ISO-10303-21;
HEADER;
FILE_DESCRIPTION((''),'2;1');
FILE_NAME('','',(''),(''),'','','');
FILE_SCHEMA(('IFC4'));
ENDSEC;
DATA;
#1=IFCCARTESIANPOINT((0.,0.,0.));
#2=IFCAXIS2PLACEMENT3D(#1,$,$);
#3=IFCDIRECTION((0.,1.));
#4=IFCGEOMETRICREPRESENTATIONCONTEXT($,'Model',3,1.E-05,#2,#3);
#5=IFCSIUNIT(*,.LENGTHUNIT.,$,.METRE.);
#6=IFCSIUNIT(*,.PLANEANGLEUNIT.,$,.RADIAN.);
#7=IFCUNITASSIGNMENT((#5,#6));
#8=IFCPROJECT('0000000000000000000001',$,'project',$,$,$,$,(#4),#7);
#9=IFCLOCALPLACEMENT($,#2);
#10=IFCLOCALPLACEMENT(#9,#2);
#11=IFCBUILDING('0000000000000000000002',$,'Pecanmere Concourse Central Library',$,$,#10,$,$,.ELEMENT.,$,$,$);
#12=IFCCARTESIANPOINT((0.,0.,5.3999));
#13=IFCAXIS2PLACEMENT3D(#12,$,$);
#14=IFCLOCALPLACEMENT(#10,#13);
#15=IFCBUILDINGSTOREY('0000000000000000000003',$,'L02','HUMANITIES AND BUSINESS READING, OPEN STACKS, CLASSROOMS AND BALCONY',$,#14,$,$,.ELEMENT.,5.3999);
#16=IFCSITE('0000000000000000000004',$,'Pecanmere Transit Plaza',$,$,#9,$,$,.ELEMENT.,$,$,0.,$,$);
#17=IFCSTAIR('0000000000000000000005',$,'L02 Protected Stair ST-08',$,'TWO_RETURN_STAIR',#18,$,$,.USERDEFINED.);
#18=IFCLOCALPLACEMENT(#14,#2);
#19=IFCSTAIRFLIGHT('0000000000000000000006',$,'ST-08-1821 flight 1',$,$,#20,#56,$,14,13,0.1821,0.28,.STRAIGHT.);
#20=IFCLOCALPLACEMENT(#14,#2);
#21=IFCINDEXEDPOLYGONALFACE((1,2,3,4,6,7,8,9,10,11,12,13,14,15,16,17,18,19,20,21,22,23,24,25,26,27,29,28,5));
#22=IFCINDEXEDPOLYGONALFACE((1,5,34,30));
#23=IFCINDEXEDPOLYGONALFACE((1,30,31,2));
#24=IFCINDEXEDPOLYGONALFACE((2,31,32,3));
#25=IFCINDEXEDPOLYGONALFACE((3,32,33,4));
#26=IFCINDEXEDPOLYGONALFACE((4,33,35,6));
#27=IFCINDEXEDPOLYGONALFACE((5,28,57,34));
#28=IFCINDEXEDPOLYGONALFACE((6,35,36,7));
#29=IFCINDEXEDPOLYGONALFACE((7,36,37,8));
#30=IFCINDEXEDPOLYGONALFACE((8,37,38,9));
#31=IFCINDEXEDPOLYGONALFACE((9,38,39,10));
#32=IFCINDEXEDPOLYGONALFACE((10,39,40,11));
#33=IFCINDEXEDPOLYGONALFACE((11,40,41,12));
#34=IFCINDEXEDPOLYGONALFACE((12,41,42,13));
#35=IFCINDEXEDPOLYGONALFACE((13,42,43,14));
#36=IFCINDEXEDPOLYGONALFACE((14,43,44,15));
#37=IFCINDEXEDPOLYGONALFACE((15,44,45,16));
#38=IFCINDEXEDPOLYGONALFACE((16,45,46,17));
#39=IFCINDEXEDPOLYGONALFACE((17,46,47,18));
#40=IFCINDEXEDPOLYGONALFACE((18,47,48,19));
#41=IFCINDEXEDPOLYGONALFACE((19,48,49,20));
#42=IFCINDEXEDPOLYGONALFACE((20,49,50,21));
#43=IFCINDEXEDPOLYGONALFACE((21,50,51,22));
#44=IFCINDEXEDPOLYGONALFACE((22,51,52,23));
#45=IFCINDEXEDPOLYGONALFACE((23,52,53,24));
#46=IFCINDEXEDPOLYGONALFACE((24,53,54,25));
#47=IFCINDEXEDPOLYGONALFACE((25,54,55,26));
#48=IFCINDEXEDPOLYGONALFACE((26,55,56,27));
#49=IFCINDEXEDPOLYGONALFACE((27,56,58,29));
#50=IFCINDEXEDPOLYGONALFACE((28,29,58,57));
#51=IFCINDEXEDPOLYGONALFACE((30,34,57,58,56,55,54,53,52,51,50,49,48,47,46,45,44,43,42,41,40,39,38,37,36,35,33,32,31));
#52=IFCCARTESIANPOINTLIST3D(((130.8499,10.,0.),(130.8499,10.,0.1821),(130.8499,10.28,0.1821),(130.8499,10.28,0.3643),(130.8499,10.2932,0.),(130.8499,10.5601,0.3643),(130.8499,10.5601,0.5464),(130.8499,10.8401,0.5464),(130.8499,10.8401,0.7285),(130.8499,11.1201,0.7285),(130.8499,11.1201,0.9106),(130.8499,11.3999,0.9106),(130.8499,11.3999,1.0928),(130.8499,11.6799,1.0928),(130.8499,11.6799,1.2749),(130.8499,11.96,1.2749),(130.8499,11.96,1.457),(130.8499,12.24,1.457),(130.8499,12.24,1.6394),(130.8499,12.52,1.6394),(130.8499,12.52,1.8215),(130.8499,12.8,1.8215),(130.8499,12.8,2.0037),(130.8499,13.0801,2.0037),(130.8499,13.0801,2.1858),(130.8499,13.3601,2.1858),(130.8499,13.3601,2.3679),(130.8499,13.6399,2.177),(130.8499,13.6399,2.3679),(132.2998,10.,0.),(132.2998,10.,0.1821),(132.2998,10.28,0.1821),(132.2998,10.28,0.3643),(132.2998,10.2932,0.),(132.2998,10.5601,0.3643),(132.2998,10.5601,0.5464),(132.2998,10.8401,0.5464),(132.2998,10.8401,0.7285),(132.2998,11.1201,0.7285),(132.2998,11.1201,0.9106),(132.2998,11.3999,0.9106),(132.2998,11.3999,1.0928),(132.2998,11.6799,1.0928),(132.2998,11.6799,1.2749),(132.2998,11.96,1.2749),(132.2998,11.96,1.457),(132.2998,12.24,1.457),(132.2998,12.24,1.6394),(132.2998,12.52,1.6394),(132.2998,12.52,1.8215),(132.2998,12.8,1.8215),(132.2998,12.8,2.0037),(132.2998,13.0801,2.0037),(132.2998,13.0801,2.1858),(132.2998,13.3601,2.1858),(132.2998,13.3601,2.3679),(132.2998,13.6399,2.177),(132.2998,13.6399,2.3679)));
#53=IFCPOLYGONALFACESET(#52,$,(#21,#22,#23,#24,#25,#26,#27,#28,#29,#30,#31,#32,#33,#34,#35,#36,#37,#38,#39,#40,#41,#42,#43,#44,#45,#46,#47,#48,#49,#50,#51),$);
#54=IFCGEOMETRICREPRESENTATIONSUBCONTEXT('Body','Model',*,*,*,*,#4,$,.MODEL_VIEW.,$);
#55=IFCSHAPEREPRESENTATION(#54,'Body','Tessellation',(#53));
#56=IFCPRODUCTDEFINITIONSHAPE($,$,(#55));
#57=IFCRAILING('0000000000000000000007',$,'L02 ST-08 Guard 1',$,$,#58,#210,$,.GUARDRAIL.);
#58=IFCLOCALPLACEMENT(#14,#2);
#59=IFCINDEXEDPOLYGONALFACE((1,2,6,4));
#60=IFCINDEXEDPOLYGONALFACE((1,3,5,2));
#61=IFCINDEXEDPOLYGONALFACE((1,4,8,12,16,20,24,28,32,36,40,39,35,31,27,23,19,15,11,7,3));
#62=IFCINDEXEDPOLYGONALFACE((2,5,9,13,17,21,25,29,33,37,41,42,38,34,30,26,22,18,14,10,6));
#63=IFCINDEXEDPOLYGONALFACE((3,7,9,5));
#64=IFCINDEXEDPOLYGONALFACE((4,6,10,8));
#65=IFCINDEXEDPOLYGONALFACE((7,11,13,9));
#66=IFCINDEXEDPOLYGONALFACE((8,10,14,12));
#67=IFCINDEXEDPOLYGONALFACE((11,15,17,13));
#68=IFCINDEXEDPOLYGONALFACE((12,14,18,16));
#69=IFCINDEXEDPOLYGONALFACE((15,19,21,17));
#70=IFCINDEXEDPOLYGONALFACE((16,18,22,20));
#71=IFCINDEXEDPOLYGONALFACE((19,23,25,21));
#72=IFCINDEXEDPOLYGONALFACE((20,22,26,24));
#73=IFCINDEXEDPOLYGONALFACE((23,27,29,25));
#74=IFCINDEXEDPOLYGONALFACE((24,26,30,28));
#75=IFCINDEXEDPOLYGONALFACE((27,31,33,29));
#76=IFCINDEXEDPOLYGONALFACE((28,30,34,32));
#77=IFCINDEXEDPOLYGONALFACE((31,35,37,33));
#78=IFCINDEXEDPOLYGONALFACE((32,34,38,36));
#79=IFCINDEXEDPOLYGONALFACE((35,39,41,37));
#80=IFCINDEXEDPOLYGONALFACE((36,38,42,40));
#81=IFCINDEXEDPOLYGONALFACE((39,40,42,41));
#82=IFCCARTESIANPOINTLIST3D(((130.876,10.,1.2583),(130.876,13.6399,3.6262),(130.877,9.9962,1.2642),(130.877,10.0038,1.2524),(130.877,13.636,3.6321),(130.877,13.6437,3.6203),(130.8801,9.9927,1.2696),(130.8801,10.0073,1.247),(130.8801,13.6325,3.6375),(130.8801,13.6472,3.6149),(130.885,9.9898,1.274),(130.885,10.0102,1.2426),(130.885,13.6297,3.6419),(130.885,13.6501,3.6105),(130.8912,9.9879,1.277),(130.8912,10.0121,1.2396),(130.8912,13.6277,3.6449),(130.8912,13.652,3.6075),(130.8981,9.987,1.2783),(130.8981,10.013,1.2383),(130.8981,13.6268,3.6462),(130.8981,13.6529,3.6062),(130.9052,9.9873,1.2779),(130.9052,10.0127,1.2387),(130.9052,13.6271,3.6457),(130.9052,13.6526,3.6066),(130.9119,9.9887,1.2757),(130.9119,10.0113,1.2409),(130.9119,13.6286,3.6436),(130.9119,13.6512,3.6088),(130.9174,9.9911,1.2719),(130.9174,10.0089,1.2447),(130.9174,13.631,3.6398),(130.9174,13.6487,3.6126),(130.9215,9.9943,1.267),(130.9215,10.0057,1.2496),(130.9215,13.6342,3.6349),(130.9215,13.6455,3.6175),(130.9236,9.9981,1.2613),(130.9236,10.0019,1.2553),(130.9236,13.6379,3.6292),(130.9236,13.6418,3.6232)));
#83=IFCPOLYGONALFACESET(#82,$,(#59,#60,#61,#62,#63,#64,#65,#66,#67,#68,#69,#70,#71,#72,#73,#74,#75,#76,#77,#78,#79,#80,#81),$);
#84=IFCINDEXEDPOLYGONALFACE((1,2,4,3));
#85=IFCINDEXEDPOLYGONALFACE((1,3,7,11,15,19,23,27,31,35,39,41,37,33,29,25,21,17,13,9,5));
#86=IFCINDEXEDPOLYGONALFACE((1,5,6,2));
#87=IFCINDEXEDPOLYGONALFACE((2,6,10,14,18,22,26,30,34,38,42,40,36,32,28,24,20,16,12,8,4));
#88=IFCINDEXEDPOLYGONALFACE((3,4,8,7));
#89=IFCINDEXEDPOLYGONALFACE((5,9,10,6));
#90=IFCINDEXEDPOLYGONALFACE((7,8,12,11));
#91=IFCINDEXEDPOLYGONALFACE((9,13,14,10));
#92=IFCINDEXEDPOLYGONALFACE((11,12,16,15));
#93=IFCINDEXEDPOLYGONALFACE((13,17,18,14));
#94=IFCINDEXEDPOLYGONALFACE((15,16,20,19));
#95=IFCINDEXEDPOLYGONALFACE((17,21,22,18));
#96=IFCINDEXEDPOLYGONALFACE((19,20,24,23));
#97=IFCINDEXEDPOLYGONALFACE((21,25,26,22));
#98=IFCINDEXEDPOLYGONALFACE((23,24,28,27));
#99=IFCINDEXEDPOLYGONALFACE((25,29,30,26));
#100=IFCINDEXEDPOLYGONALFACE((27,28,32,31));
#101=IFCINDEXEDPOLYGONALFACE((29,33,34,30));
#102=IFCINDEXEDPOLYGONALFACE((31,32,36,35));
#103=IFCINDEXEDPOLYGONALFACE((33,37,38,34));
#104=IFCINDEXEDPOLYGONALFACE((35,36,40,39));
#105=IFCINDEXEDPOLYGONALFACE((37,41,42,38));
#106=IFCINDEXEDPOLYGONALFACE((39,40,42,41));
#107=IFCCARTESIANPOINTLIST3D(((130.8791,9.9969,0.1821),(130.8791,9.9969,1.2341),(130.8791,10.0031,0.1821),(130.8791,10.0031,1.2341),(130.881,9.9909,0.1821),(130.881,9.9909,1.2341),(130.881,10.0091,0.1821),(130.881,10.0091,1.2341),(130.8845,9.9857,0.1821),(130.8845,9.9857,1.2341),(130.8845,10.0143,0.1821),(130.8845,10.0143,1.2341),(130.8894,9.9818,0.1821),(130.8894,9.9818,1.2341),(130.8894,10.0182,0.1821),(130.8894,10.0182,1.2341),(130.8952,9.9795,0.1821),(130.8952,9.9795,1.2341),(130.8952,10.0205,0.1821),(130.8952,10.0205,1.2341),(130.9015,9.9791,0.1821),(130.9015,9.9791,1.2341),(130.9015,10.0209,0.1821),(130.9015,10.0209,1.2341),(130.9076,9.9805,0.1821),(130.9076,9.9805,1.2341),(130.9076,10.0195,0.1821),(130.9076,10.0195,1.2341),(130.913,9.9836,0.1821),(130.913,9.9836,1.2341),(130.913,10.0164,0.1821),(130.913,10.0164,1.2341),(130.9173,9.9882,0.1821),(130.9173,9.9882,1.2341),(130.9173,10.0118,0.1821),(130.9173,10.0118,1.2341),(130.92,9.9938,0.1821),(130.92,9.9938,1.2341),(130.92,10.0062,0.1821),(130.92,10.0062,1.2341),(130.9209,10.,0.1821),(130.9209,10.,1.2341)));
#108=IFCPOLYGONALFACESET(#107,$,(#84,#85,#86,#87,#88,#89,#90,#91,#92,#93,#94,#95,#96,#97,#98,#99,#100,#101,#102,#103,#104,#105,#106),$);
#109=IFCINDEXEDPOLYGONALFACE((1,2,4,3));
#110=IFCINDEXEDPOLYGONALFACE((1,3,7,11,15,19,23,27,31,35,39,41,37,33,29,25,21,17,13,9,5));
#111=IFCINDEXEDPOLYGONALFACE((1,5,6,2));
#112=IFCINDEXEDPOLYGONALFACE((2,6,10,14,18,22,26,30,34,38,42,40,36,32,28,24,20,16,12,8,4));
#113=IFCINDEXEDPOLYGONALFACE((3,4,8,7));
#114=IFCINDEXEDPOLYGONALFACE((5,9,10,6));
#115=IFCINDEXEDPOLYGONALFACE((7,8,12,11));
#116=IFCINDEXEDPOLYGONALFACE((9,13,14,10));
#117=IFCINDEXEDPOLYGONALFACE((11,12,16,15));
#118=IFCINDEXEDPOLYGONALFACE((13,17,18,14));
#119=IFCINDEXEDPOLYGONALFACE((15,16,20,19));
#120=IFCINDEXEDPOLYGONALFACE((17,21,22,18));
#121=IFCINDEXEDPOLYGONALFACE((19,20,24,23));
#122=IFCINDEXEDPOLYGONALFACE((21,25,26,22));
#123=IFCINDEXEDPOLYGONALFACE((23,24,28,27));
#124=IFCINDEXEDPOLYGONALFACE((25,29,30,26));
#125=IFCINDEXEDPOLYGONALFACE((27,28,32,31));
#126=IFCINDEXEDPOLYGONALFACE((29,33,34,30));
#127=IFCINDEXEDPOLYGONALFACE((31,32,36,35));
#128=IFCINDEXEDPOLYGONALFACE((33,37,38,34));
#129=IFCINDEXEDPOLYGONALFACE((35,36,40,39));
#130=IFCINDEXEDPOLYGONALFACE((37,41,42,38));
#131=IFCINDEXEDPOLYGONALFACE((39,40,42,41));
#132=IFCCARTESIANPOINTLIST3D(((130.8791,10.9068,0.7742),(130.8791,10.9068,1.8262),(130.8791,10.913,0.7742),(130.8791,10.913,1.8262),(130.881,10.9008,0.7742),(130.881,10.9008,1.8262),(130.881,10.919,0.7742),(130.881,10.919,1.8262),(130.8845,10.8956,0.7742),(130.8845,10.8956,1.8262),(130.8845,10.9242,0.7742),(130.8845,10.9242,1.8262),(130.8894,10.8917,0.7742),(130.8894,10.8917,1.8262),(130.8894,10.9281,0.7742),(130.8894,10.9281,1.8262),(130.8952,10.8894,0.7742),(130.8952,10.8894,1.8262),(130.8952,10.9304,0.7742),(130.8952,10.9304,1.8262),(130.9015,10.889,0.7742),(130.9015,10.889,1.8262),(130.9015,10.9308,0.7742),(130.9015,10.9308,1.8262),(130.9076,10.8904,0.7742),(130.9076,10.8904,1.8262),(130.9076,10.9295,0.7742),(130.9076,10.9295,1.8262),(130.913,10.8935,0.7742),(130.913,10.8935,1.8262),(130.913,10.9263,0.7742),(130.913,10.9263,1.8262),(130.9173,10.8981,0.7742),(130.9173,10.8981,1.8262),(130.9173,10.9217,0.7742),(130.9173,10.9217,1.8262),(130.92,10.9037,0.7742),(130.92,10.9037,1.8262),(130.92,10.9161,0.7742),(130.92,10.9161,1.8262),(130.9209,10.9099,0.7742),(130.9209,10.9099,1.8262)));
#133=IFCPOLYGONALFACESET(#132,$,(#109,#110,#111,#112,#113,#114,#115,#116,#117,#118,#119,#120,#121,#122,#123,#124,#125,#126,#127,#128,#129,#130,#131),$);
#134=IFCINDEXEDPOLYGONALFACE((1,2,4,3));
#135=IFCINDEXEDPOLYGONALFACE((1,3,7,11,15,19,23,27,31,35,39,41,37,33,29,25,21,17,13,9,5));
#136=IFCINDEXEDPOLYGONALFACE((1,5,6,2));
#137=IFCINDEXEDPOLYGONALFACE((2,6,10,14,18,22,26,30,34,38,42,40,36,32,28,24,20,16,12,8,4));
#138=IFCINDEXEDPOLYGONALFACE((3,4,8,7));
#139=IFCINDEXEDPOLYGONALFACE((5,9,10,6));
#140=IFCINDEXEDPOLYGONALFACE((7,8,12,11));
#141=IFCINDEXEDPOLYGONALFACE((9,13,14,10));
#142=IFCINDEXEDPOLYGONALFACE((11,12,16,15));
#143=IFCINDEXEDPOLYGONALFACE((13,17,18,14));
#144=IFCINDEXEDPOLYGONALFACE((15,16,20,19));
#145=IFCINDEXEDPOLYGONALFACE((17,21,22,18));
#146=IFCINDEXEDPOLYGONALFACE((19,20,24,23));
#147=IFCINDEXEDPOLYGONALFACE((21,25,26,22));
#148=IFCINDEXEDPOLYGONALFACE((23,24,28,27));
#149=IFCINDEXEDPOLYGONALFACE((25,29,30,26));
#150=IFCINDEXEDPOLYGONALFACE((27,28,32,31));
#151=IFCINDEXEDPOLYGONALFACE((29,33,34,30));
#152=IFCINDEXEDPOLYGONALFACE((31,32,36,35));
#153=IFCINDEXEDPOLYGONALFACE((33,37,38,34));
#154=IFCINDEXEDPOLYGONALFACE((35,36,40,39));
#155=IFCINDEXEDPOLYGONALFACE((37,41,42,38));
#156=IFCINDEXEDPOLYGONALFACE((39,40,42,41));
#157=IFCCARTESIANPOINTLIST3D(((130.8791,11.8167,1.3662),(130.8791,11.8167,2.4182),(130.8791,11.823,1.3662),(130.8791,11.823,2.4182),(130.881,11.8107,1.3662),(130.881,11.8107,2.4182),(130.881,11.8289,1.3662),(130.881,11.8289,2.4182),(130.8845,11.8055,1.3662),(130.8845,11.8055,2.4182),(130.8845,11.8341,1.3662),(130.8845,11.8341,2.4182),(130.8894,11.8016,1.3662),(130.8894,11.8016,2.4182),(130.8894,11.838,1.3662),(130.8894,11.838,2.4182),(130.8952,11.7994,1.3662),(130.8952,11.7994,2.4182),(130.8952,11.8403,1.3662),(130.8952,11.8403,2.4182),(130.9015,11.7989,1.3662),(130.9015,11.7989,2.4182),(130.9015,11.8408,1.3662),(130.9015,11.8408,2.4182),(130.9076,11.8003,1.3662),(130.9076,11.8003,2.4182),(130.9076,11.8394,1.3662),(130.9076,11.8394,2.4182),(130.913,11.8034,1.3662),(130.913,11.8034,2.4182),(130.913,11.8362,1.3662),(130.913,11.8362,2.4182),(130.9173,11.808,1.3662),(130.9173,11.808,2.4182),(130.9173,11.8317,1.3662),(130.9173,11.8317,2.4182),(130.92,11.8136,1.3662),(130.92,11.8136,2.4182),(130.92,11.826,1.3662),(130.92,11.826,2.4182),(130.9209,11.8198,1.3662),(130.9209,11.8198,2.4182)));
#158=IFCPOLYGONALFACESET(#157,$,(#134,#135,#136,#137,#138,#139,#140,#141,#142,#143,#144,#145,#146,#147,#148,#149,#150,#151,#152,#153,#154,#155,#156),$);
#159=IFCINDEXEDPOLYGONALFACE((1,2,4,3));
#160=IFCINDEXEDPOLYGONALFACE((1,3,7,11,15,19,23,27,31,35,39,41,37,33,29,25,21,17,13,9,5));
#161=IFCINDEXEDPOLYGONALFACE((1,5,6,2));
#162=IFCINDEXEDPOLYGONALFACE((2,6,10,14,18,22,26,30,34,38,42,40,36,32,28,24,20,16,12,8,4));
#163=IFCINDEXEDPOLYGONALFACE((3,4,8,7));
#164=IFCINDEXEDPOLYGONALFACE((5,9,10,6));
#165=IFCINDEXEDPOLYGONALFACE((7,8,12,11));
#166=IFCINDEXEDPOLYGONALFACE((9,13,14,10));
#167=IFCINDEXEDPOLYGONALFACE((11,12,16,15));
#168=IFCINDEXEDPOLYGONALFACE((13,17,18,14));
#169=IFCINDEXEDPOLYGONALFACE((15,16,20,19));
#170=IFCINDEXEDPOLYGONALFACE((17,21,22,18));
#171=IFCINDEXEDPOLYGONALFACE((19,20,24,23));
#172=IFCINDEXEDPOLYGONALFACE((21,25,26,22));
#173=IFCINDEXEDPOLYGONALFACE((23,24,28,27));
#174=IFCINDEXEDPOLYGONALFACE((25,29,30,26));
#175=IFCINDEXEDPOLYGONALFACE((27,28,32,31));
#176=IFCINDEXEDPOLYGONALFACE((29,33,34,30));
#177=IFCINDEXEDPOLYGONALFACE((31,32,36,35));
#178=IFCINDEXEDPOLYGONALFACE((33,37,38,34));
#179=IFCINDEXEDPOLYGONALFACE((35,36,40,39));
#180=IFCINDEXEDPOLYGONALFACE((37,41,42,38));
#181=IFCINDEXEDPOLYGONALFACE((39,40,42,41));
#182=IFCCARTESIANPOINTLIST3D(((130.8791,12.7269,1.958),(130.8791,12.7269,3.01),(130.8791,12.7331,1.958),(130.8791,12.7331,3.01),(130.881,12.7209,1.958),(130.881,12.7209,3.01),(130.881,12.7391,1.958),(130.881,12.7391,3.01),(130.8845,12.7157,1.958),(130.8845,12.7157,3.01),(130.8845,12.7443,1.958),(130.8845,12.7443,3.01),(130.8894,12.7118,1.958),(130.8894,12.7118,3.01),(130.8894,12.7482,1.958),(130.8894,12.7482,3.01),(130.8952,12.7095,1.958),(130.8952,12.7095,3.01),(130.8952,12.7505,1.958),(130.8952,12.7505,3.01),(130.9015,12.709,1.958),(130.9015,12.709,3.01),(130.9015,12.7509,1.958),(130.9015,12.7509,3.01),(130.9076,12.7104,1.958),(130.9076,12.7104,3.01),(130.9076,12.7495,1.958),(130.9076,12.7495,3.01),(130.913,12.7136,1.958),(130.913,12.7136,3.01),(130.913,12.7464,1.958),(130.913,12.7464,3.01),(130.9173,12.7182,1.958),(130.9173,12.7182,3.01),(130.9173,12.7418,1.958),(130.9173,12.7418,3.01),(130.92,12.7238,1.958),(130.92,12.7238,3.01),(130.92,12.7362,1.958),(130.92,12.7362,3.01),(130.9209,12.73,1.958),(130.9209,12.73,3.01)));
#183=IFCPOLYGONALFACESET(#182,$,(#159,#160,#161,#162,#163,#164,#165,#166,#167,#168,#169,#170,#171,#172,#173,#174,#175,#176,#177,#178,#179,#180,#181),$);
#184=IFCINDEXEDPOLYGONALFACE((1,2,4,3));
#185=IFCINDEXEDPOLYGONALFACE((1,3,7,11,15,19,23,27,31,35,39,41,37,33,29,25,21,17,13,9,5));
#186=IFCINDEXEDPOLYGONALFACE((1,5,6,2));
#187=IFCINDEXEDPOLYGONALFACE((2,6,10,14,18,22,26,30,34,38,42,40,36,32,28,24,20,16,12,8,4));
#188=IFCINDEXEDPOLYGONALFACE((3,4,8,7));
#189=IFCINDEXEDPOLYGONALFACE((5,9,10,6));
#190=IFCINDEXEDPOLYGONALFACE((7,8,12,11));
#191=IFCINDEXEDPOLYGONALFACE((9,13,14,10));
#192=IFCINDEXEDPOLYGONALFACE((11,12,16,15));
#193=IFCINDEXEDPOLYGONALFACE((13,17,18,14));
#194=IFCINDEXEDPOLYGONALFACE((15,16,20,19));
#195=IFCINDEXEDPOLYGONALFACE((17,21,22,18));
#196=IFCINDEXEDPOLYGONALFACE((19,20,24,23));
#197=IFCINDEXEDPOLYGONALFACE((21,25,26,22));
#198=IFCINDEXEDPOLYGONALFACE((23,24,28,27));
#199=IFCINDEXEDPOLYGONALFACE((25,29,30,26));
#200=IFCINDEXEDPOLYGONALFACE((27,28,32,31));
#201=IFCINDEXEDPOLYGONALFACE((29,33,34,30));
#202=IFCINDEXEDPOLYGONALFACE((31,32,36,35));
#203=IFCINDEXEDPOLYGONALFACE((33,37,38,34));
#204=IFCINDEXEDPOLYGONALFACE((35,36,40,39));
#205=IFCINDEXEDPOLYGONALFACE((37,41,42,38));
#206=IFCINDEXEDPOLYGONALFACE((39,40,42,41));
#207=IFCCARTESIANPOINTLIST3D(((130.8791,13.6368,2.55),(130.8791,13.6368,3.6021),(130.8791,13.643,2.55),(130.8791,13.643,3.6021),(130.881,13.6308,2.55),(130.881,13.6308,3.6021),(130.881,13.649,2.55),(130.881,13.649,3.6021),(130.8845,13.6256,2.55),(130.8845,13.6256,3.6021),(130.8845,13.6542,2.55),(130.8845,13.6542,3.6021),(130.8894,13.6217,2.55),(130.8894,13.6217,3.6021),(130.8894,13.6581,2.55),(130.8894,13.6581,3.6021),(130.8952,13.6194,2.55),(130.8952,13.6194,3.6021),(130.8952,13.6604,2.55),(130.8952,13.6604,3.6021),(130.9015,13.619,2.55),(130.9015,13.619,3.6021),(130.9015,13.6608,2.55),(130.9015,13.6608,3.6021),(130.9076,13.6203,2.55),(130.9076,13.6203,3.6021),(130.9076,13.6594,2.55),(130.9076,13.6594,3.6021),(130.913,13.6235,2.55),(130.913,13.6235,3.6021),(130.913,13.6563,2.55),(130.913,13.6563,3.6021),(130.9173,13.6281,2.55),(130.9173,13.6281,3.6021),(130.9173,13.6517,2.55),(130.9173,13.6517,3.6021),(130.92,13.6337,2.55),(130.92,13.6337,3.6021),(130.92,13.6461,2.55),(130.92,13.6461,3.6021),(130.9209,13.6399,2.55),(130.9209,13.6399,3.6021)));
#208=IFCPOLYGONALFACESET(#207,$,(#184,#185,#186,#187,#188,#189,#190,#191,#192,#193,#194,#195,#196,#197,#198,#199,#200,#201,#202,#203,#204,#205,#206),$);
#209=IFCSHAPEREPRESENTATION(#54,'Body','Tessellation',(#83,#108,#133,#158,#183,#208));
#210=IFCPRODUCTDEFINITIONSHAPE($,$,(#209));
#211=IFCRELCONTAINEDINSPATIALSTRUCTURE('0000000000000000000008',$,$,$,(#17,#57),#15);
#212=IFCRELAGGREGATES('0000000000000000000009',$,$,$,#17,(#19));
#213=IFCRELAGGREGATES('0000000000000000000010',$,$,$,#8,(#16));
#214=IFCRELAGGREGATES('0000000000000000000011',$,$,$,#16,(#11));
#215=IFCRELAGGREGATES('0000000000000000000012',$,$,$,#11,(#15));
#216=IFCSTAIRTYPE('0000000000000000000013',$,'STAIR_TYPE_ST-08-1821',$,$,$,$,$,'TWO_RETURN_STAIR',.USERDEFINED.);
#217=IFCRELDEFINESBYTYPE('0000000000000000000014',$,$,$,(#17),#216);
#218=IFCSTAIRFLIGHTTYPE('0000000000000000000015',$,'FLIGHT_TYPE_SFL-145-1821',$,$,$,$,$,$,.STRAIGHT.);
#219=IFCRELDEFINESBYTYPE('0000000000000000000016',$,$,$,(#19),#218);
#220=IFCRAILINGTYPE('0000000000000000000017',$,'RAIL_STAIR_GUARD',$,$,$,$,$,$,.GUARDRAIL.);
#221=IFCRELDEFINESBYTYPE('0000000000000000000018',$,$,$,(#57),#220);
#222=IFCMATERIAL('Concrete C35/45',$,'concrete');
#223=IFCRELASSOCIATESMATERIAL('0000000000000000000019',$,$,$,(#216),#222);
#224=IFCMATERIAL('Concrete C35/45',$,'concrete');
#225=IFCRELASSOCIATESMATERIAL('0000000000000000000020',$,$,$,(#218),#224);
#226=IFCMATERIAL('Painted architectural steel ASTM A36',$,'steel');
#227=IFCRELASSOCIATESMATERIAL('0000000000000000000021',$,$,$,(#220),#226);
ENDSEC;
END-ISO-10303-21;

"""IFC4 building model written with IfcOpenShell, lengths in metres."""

from ifc_helpers import new_model, si_unit, direction, frame, origin, origin_2d, place, context, subcontext, project, spatial, polyline, circle, outline, extrude, material, type_object, element, aggregate, save


model = new_model("IFC4")

# Units and contexts
model_context = context("Model", 3, precision=1e-05, world=origin(), true_north=direction((0.0, 1.0)))
body_context = subcontext(model_context, "Body", "Model", "MODEL_VIEW")
ifc_project = project(units=[si_unit("LENGTHUNIT", "METRE"), si_unit("PLANEANGLEUNIT", "RADIAN")], contexts=[model_context])

# Site, building, storey
site_placement = place(None, origin())
site = spatial("IfcSite", under=ifc_project, at=site_placement, Name="Pecanmere Transit Plaza", CompositionType="ELEMENT", RefElevation=0.0)
building_placement = place(site_placement, origin())
building = spatial("IfcBuilding", under=site, at=building_placement, Name="Pecanmere Concourse Central Library", CompositionType="ELEMENT")
storey_placement = place(building_placement, frame((0.0, 0.0, 5.3999)))
storey = spatial("IfcBuildingStorey", under=building, at=storey_placement, Name="L02", Description="HUMANITIES AND BUSINESS READING, OPEN STACKS, CLASSROOMS AND BALCONY", CompositionType="ELEMENT", Elevation=5.3999)

# Stair, stair flight
ifc_material_1 = material(Name="Concrete C35/45", Category="concrete")
stair_type = type_object("IfcStairType", Name="STAIR_TYPE_ST-08-1821", ElementType="TWO_RETURN_STAIR", PredefinedType="USERDEFINED", material=ifc_material_1)
stair_placement = place(storey_placement, origin())
stair = element("IfcStair", 1, at=stair_placement, inside=storey, type_object=stair_type, Name="L02 Protected Stair ST-08", ObjectType="TWO_RETURN_STAIR", PredefinedType="USERDEFINED")
ifc_material_2 = material(Name="Concrete C35/45", Category="concrete")
stair_flight_type = type_object("IfcStairFlightType", Name="FLIGHT_TYPE_SFL-145-1821", PredefinedType="STRAIGHT", material=ifc_material_2)
stair_flight_placement = place(storey_placement, frame((131.575, 10.0, 0.0), z_axis=(0.0, 0.0, 1.0), x_axis=(0.0, 1.0, 0.0)))
stair_flight = element("IfcStairFlight", 2, at=stair_flight_placement, type_object=stair_flight_type, Name="ST-08-1821 flight 1", NumberOfRisers=14, NumberOfTreads=13, PredefinedType="STRAIGHT", RiserHeight=0.1821, TreadLength=0.28, context=body_context, shape_type="SweptSolid", body=[
    extrude(outline(polyline([(0.0, 0.0), (0.0, 0.1821), (0.28, 0.1821), (0.28, 0.3643), (0.5601, 0.3643), (0.5601, 0.5464), (0.8401, 0.5464), (0.8401, 0.7285), (1.1201, 0.7285), (1.1201, 0.9106), (1.3999, 0.9106), (1.3999, 1.0928), (1.6799, 1.0928), (1.6799, 1.2749), (1.96, 1.2749), (1.96, 1.457), (2.24, 1.457), (2.24, 1.6394), (2.52, 1.6394), (2.52, 1.8215), (2.8, 1.8215), (2.8, 2.0037), (3.0801, 2.0037), (3.0801, 2.1858), (3.3601, 2.1858), (3.3601, 2.3679), (3.6399, 2.3679), (3.6399, 2.55), (3.6399, 2.177), (0.2932, 0.0), (0.0, 0.0)])), frame((0.0, 0.7251, 0.0), z_axis=(0.0, -1.0, 0.0), x_axis=(1.0, 0.0, 0.0)), (0.0, 0.0, 1.0), 1.45),
])
aggregate(stair, [stair_flight])

# Railing
ifc_material_3 = material(Name="Painted architectural steel ASTM A36", Category="steel")
railing_type_1 = type_object("IfcRailingType", Name="RAIL_STAIR_GUARD", PredefinedType="GUARDRAIL", material=ifc_material_3)
railing_1_placement = place(storey_placement, frame((130.8999, 10.0, 0.1821)))
element("IfcRailing", 3, at=railing_1_placement, inside=storey, type_object=railing_type_1, Name="L02 ST-08 Guard 1", PredefinedType="GUARDRAIL", context=body_context, shape_type="SweptSolid", body=[
    extrude(circle(Radius=0.0239, at=origin_2d()), frame((0.0, 0.0, 1.0762), z_axis=(0.0, 0.838234, 0.54531), x_axis=(-1.0, 0.0, 0.0)), (0.0, 0.0, 1.0), 4.3423),
    extrude(circle(Radius=0.021, at=origin_2d()), origin(), (0.0, 0.0, 1.0), 1.052),
    extrude(circle(Radius=0.021, at=origin_2d()), frame((0.0, 0.9099, 0.592)), (0.0, 0.0, 1.0), 1.052),
    extrude(circle(Radius=0.021, at=origin_2d()), frame((0.0, 1.8198, 1.1841)), (0.0, 0.0, 1.0), 1.052),
    extrude(circle(Radius=0.021, at=origin_2d()), frame((0.0, 2.73, 1.7759)), (0.0, 0.0, 1.0), 1.052),
    extrude(circle(Radius=0.021, at=origin_2d()), frame((0.0, 3.6399, 2.3679)), (0.0, 0.0, 1.0), 1.052),
])

save(model, "model.ifc")
